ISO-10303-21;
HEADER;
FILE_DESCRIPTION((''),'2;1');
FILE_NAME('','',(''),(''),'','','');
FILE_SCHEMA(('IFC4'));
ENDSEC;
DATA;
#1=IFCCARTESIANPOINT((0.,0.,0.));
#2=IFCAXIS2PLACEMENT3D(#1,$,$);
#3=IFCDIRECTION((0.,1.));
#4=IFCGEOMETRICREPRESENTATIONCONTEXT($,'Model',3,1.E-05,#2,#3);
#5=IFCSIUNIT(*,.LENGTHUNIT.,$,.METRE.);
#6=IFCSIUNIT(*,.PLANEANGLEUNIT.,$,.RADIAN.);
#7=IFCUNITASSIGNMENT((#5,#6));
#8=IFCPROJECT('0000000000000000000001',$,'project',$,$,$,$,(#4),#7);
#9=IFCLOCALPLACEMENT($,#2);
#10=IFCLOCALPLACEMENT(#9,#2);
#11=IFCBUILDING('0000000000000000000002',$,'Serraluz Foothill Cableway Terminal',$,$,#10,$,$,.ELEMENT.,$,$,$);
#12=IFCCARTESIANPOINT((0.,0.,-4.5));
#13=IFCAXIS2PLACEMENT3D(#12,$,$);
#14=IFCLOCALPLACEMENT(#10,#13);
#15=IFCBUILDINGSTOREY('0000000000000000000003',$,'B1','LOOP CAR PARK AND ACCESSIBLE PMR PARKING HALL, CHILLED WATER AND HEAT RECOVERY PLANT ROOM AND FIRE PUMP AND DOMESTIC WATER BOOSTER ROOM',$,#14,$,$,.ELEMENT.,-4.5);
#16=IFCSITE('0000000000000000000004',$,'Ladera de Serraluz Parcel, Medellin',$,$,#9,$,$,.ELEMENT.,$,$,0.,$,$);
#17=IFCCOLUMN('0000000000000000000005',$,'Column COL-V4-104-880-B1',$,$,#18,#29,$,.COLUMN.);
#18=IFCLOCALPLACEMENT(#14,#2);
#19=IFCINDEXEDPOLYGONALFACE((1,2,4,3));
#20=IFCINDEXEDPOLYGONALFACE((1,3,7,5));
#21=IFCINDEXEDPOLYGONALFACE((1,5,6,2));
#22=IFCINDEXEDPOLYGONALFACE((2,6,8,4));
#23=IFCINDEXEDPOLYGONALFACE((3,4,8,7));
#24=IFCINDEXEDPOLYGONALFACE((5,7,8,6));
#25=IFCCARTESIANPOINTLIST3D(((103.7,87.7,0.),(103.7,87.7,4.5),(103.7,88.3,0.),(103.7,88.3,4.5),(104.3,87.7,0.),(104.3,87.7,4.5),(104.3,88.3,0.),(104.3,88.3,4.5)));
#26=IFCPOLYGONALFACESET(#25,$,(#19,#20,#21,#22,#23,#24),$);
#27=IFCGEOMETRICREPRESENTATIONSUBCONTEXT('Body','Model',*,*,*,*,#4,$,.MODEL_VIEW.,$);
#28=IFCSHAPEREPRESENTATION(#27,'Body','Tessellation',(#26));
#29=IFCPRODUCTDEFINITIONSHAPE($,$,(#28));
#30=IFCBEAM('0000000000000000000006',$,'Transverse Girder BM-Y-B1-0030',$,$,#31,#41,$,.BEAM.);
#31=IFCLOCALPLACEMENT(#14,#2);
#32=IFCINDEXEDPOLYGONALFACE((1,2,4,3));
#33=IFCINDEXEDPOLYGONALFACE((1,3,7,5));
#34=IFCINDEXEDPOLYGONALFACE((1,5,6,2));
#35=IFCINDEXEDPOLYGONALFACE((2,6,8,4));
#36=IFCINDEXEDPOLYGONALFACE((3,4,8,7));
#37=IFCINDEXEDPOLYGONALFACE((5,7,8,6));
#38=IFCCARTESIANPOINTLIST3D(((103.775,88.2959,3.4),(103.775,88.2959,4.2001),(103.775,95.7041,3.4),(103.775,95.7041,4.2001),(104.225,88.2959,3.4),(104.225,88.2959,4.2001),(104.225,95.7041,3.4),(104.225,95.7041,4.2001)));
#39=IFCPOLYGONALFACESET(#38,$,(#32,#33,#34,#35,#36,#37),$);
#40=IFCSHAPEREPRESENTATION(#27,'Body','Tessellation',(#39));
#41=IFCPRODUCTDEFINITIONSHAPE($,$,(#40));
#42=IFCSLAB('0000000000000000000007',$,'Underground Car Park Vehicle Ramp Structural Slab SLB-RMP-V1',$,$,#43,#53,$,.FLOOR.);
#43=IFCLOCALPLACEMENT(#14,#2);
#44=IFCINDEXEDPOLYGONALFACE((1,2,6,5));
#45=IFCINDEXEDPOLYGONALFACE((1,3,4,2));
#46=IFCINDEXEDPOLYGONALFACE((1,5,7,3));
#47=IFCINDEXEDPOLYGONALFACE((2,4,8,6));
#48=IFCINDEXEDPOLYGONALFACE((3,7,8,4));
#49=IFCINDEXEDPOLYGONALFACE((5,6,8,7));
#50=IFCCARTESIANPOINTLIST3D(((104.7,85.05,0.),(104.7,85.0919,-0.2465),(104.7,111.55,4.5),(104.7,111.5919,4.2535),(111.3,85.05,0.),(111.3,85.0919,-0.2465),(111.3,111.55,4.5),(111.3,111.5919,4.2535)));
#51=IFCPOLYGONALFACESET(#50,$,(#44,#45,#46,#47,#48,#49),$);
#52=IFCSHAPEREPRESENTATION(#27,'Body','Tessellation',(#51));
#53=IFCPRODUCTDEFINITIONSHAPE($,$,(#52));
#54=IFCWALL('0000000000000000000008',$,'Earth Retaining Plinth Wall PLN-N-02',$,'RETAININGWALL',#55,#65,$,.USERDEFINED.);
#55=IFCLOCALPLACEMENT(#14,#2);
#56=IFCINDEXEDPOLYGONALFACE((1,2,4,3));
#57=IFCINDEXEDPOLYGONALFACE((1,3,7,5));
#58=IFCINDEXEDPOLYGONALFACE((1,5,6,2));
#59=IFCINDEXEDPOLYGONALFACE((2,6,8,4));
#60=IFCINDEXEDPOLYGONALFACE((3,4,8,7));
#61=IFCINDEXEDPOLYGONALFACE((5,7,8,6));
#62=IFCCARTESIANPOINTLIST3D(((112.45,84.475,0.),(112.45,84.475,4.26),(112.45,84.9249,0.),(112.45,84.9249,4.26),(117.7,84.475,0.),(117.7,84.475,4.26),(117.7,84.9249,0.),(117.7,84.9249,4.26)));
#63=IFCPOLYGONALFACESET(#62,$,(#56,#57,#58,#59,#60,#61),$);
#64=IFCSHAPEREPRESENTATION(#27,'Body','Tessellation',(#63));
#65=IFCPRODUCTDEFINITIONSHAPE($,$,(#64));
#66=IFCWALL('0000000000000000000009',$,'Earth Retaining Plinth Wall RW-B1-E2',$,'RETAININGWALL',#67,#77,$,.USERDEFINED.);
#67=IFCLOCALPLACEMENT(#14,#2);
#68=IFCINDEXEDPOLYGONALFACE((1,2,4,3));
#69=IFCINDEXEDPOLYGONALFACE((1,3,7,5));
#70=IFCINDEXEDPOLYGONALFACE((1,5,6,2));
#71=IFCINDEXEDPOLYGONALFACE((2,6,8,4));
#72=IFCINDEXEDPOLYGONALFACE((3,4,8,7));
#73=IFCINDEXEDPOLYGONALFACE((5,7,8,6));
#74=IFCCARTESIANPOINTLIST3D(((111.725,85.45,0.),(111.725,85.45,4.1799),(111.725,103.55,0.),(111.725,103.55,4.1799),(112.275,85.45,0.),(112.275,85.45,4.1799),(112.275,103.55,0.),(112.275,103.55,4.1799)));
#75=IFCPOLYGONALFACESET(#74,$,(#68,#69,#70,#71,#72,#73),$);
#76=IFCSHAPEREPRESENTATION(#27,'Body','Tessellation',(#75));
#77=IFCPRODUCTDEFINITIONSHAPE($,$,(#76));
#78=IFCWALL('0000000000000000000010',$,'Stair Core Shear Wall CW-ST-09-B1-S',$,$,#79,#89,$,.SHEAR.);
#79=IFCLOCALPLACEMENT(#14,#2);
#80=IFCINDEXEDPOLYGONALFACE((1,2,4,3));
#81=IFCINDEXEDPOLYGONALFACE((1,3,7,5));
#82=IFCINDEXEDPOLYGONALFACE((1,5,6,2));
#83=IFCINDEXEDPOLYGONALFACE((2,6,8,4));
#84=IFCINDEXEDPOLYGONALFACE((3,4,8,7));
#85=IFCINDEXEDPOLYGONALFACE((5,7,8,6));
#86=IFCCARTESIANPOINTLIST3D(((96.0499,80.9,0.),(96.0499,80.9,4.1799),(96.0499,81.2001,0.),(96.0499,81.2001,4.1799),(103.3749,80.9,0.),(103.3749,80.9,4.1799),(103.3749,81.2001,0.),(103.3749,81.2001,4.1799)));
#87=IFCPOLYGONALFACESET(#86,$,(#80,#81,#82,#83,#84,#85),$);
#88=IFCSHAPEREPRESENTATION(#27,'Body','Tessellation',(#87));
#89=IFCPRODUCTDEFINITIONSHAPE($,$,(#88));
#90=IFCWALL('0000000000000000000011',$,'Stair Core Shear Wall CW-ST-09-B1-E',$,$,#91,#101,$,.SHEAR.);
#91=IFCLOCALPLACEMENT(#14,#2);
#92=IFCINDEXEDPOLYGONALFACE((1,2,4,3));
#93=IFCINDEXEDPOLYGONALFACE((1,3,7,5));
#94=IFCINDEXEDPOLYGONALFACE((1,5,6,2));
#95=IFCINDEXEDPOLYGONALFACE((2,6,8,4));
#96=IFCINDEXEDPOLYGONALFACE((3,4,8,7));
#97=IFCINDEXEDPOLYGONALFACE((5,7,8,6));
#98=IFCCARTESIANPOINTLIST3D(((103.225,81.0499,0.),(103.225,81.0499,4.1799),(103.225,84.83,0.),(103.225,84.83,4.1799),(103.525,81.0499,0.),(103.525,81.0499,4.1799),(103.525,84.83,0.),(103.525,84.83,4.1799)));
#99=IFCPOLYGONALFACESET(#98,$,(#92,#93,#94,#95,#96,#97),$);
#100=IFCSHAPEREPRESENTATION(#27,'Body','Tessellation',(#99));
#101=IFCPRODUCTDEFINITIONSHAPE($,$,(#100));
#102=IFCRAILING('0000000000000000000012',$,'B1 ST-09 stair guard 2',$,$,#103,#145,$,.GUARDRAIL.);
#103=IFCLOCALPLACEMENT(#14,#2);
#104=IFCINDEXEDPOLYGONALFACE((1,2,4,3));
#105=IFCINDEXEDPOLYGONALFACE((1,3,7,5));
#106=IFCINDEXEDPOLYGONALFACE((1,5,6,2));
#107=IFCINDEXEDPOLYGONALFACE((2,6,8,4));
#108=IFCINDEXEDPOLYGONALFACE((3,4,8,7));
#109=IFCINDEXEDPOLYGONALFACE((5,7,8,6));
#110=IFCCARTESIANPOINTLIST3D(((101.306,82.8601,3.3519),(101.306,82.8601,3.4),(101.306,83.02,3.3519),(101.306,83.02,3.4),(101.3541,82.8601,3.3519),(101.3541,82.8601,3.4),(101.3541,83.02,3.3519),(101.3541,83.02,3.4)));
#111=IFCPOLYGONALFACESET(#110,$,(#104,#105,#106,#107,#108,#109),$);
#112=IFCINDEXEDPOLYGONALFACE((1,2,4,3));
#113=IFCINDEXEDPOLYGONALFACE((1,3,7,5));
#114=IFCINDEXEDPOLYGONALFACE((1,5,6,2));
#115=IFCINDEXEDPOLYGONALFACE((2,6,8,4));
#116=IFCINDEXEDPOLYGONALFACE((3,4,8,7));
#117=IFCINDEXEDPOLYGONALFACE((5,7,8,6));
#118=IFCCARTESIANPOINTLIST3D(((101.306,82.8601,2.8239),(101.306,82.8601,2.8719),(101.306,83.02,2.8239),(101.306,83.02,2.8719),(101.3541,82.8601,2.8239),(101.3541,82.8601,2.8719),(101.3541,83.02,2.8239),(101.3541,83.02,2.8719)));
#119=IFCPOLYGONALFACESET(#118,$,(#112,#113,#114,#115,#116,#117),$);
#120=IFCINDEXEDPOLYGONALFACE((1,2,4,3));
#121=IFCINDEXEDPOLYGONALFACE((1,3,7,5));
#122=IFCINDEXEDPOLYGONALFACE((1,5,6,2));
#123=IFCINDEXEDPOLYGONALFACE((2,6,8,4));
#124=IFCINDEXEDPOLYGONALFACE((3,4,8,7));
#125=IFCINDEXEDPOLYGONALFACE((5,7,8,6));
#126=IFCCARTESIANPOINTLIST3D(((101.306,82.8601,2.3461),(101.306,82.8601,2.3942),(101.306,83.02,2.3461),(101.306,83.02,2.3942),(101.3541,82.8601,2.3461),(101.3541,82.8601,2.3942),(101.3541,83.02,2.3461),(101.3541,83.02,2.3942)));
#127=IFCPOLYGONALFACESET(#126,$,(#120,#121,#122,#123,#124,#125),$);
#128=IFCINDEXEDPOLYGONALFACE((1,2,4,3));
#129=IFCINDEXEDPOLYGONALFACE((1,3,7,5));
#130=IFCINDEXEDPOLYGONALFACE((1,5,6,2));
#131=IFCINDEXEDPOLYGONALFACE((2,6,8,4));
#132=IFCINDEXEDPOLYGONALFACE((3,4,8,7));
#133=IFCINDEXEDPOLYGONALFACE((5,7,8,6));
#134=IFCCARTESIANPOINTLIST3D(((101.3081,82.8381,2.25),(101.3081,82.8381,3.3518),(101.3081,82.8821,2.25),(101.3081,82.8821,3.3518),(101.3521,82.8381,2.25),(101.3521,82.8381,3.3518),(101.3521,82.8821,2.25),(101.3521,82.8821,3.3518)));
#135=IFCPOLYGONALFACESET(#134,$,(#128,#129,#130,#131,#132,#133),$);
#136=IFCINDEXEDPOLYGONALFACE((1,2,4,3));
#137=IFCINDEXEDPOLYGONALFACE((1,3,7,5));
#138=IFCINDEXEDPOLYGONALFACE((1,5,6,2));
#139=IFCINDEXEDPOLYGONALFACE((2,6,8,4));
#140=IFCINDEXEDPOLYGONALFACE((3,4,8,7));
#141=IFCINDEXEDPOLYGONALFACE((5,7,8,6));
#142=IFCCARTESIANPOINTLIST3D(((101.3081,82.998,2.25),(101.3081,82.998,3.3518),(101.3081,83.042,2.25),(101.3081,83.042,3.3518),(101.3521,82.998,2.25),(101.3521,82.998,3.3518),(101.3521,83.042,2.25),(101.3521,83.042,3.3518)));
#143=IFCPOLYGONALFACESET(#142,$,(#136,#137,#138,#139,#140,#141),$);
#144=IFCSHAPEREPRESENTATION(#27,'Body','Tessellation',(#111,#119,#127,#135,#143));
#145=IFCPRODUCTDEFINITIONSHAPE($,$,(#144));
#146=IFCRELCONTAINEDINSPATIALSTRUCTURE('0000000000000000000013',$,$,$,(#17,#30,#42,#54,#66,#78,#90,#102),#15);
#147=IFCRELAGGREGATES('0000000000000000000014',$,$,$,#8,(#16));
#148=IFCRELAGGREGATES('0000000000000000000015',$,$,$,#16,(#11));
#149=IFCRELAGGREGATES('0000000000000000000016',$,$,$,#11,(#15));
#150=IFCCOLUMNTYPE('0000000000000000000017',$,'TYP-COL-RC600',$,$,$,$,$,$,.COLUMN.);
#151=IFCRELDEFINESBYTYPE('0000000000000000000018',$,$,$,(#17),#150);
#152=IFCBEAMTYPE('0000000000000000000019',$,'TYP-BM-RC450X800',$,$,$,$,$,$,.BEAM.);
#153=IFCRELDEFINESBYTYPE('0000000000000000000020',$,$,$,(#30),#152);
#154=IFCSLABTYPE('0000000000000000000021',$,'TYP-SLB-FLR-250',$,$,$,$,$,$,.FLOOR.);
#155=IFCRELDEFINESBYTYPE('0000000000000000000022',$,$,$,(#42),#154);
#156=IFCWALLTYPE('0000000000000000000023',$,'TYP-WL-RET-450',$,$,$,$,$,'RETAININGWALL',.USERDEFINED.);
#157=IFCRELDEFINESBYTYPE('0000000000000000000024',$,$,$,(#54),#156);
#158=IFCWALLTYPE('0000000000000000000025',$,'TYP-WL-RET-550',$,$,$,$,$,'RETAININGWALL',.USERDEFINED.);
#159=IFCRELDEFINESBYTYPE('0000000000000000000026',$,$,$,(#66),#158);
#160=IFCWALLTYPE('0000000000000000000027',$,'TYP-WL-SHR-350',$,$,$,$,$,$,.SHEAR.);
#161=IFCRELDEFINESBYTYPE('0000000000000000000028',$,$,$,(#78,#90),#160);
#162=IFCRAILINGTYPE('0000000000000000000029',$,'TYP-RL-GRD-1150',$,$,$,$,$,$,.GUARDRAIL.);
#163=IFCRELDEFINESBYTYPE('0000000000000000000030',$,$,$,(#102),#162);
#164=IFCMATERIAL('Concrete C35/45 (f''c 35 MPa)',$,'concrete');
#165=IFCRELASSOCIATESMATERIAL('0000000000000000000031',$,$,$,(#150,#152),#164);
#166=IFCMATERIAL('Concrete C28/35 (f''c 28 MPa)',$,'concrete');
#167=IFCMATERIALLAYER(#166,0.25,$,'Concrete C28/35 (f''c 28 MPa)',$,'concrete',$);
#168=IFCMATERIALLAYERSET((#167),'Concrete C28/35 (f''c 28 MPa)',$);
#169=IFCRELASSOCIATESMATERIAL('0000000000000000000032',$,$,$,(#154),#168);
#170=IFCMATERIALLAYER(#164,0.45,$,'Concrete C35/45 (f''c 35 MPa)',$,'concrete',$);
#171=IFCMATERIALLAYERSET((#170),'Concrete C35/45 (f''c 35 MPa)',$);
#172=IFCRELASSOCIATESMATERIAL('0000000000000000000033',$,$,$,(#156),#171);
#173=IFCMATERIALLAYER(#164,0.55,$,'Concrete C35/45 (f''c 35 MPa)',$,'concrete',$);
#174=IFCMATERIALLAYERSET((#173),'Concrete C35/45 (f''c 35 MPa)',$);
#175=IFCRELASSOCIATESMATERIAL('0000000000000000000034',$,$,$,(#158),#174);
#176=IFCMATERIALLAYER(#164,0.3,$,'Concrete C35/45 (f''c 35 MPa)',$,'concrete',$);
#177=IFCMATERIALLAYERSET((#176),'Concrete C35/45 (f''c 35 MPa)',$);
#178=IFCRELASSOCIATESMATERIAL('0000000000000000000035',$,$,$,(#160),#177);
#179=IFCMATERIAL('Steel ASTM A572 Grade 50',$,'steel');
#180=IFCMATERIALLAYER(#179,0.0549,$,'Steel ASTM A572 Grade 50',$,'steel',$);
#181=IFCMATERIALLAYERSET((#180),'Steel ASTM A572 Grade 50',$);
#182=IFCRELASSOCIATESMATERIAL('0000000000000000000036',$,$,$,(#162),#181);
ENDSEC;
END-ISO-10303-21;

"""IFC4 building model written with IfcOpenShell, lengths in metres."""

from ifc_helpers import new_model, si_unit, direction, frame, frame_2d, origin, origin_2d, place, context, subcontext, project, spatial, polyline, rectangle, outline, extrude, material, layer, layer_set, material_profile, profile_set, type_object, element, save


model = new_model("IFC4")

# Units and contexts
model_context = context("Model", 3, precision=1e-05, world=origin(), true_north=direction((0.0, 1.0)))
body_context = subcontext(model_context, "Body", "Model", "MODEL_VIEW")
ifc_project = project(units=[si_unit("LENGTHUNIT", "METRE"), si_unit("PLANEANGLEUNIT", "RADIAN")], contexts=[model_context])

# Site, building, storey
site_placement = place(None, origin())
site = spatial("IfcSite", under=ifc_project, at=site_placement, Name="Ladera de Serraluz Parcel, Medellin", CompositionType="ELEMENT", RefElevation=0.0)
building_placement = place(site_placement, origin())
building = spatial("IfcBuilding", under=site, at=building_placement, Name="Serraluz Foothill Cableway Terminal", CompositionType="ELEMENT")
storey_placement = place(building_placement, frame((0.0, 0.0, -4.5)))
storey = spatial("IfcBuildingStorey", under=building, at=storey_placement, Name="B1", Description="LOOP CAR PARK AND ACCESSIBLE PMR PARKING HALL, CHILLED WATER AND HEAT RECOVERY PLANT ROOM AND FIRE PUMP AND DOMESTIC WATER BOOSTER ROOM", CompositionType="ELEMENT", Elevation=-4.5)

# Shared definitions
ifc_material_1 = material(Name="Concrete C35/45 (f'c 35 MPa)", Category="concrete")

# Shared definitions
ifc_material_2 = material(Name="Concrete C28/35 (f'c 28 MPa)", Category="concrete")

# Column
ifc_material_profile_1 = material_profile(ifc_material_1, rectangle(XDim=0.6001, YDim=0.6001, at=origin_2d()), Name="RC 600x600")
ifc_profile_set_1 = profile_set([ifc_material_profile_1], Name="Concrete C35/45 (f'c 35 MPa)")
column_type_1 = type_object("IfcColumnType", Name="TYP-COL-RC600", PredefinedType="COLUMN", material=ifc_profile_set_1)
column_1_placement = place(storey_placement, frame((104.0, 88.0, 0.0), z_axis=(0.0, 0.0, 1.0), x_axis=(1.0, 0.0, 0.0)))
element("IfcColumn", 1, at=column_1_placement, inside=storey, type_object=column_type_1, Name="Column COL-V4-104-880-B1", PredefinedType="COLUMN", context=body_context, shape_type="SweptSolid", body=[
    extrude(rectangle(XDim=0.6001, YDim=0.6001, at=origin_2d()), origin(), (0.0, 0.0, 1.0), 4.5),
])

# Beam
ifc_material_profile_2 = material_profile(ifc_material_1, rectangle(XDim=0.45, YDim=0.8, at=origin_2d()), Name="RC 450x800")
ifc_profile_set_2 = profile_set([ifc_material_profile_2], Name="Concrete C35/45 (f'c 35 MPa)")
beam_type = type_object("IfcBeamType", Name="TYP-BM-RC450X800", PredefinedType="BEAM", material=ifc_profile_set_2)
beam_placement = place(storey_placement, frame((104.0, 88.2959, 3.8), z_axis=(0.0, 1.0, 0.0), x_axis=(-1.0, 0.0, 0.0)))
element("IfcBeam", 2, at=beam_placement, inside=storey, type_object=beam_type, Name="Transverse Girder BM-Y-B1-0030", PredefinedType="BEAM", context=body_context, shape_type="SweptSolid", body=[
    extrude(rectangle(XDim=0.45, YDim=0.8, at=origin_2d()), origin(), (0.0, 0.0, 1.0), 7.4082),
])

# Slab
ifc_layer_1 = layer(ifc_material_2, 0.25, Name="Concrete C28/35 (f'c 28 MPa)", Category="concrete")
ifc_layer_set_1 = layer_set([ifc_layer_1], Name="Concrete C28/35 (f'c 28 MPa)")
slab_type = type_object("IfcSlabType", Name="TYP-SLB-FLR-250", PredefinedType="FLOOR", material=ifc_layer_set_1)
slab_placement = place(storey_placement, frame((104.7, 85.05, 0.0), z_axis=(0.0, -0.167415, 0.985887), x_axis=(1.0, 0.0, 0.0)))
element("IfcSlab", 3, at=slab_placement, inside=storey, type_object=slab_type, Name="Underground Car Park Vehicle Ramp Structural Slab SLB-RMP-V1", PredefinedType="FLOOR", context=body_context, shape_type="SweptSolid", body=[
    extrude(outline(polyline([(0.0, 0.0), (6.6001, 0.0), (6.6001, 26.8794), (0.0, 26.8794), (0.0, 0.0)])), origin(), (0.0, 0.0, -1.0), 0.25),
])

# Walls
ifc_layer_2 = layer(ifc_material_1, 0.45, Name="Concrete C35/45 (f'c 35 MPa)", Category="concrete")
ifc_layer_set_2 = layer_set([ifc_layer_2], Name="Concrete C35/45 (f'c 35 MPa)")
wall_type_1 = type_object("IfcWallType", Name="TYP-WL-RET-450", ElementType="RETAININGWALL", PredefinedType="USERDEFINED", material=ifc_layer_set_2)
wall_1_placement = place(storey_placement, frame((117.7, 84.7, 0.0), z_axis=(0.0, 0.0, 1.0), x_axis=(-1.0, 0.0, 0.0)))
element("IfcWall", 4, at=wall_1_placement, inside=storey, type_object=wall_type_1, Name="Earth Retaining Plinth Wall PLN-N-02", ObjectType="RETAININGWALL", PredefinedType="USERDEFINED", context=body_context, shape_type="SweptSolid", body=[
    extrude(rectangle(XDim=5.25, YDim=0.45, at=frame_2d((2.625, 0.0))), origin(), (0.0, 0.0, 1.0), 4.26),
])
ifc_layer_3 = layer(ifc_material_1, 0.55, Name="Concrete C35/45 (f'c 35 MPa)", Category="concrete")
ifc_layer_set_3 = layer_set([ifc_layer_3], Name="Concrete C35/45 (f'c 35 MPa)")
wall_type_2 = type_object("IfcWallType", Name="TYP-WL-RET-550", ElementType="RETAININGWALL", PredefinedType="USERDEFINED", material=ifc_layer_set_3)
wall_2_placement = place(storey_placement, frame((112.0, 85.45, 0.0), z_axis=(0.0, 0.0, 1.0), x_axis=(0.0, 1.0, 0.0)))
element("IfcWall", 5, at=wall_2_placement, inside=storey, type_object=wall_type_2, Name="Earth Retaining Plinth Wall RW-B1-E2", ObjectType="RETAININGWALL", PredefinedType="USERDEFINED", context=body_context, shape_type="SweptSolid", body=[
    extrude(rectangle(XDim=18.1001, YDim=0.55, at=frame_2d((9.05, 0.0))), origin(), (0.0, 0.0, 1.0), 4.1799),
])
ifc_layer_4 = layer(ifc_material_1, 0.3, Name="Concrete C35/45 (f'c 35 MPa)", Category="concrete")
ifc_layer_set_4 = layer_set([ifc_layer_4], Name="Concrete C35/45 (f'c 35 MPa)")
wall_type_3 = type_object("IfcWallType", Name="TYP-WL-SHR-350", PredefinedType="SHEAR", material=ifc_layer_set_4)
wall_3_placement = place(storey_placement, frame((103.375, 81.05, 0.0), z_axis=(0.0, 0.0, 1.0), x_axis=(-1.0, 0.0, 0.0)))
element("IfcWall", 6, at=wall_3_placement, inside=storey, type_object=wall_type_3, Name="Stair Core Shear Wall CW-ST-09-B1-S", PredefinedType="SHEAR", context=body_context, shape_type="SweptSolid", body=[
    extrude(rectangle(XDim=7.325, YDim=0.3, at=frame_2d((3.6626, 0.0))), origin(), (0.0, 0.0, 1.0), 4.1799),
])
wall_4_placement = place(storey_placement, frame((103.375, 84.8301, 0.0), z_axis=(0.0, 0.0, 1.0), x_axis=(0.0, -1.0, 0.0)))
element("IfcWall", 7, at=wall_4_placement, inside=storey, type_object=wall_type_3, Name="Stair Core Shear Wall CW-ST-09-B1-E", PredefinedType="SHEAR", context=body_context, shape_type="SweptSolid", body=[
    extrude(rectangle(XDim=3.78, YDim=0.3, at=frame_2d((1.8901, 0.0))), origin(), (0.0, 0.0, 1.0), 4.1799),
])

# Railing
ifc_material_3 = material(Name="Steel ASTM A572 Grade 50", Category="steel")
ifc_layer_5 = layer(ifc_material_3, 0.0549, Name="Steel ASTM A572 Grade 50", Category="steel")
ifc_layer_set_5 = layer_set([ifc_layer_5], Name="Steel ASTM A572 Grade 50")
railing_type = type_object("IfcRailingType", Name="TYP-RL-GRD-1150", PredefinedType="GUARDRAIL", material=ifc_layer_set_5)
railing_1_placement = place(storey_placement, frame((101.3301, 82.8601, 2.25)))
element("IfcRailing", 8, at=railing_1_placement, inside=storey, type_object=railing_type, Name="B1 ST-09 stair guard 2", PredefinedType="GUARDRAIL", context=body_context, shape_type="SweptSolid", body=[
    extrude(rectangle(XDim=0.0481, YDim=0.0481, at=origin_2d()), frame((0.0, 0.0, 1.126), z_axis=(0.0, 1.0, 0.0), x_axis=(-1.0, 0.0, 0.0)), (0.0, 0.0, 1.0), 0.1599),
    extrude(rectangle(XDim=0.0481, YDim=0.0481, at=origin_2d()), frame((0.0, 0.0, 0.5979), z_axis=(0.0, 1.0, 0.0), x_axis=(-1.0, 0.0, 0.0)), (0.0, 0.0, 1.0), 0.1599),
    extrude(rectangle(XDim=0.0481, YDim=0.0481, at=origin_2d()), frame((0.0, 0.0, 0.1201), z_axis=(0.0, 1.0, 0.0), x_axis=(-1.0, 0.0, 0.0)), (0.0, 0.0, 1.0), 0.1599),
    extrude(rectangle(XDim=0.0439, YDim=0.0439, at=origin_2d()), origin(), (0.0, 0.0, 1.0), 1.1018),
    extrude(rectangle(XDim=0.0439, YDim=0.0439, at=origin_2d()), frame((0.0, 0.1599, 0.0)), (0.0, 0.0, 1.0), 1.1018),
])

save(model, "model.ifc")
